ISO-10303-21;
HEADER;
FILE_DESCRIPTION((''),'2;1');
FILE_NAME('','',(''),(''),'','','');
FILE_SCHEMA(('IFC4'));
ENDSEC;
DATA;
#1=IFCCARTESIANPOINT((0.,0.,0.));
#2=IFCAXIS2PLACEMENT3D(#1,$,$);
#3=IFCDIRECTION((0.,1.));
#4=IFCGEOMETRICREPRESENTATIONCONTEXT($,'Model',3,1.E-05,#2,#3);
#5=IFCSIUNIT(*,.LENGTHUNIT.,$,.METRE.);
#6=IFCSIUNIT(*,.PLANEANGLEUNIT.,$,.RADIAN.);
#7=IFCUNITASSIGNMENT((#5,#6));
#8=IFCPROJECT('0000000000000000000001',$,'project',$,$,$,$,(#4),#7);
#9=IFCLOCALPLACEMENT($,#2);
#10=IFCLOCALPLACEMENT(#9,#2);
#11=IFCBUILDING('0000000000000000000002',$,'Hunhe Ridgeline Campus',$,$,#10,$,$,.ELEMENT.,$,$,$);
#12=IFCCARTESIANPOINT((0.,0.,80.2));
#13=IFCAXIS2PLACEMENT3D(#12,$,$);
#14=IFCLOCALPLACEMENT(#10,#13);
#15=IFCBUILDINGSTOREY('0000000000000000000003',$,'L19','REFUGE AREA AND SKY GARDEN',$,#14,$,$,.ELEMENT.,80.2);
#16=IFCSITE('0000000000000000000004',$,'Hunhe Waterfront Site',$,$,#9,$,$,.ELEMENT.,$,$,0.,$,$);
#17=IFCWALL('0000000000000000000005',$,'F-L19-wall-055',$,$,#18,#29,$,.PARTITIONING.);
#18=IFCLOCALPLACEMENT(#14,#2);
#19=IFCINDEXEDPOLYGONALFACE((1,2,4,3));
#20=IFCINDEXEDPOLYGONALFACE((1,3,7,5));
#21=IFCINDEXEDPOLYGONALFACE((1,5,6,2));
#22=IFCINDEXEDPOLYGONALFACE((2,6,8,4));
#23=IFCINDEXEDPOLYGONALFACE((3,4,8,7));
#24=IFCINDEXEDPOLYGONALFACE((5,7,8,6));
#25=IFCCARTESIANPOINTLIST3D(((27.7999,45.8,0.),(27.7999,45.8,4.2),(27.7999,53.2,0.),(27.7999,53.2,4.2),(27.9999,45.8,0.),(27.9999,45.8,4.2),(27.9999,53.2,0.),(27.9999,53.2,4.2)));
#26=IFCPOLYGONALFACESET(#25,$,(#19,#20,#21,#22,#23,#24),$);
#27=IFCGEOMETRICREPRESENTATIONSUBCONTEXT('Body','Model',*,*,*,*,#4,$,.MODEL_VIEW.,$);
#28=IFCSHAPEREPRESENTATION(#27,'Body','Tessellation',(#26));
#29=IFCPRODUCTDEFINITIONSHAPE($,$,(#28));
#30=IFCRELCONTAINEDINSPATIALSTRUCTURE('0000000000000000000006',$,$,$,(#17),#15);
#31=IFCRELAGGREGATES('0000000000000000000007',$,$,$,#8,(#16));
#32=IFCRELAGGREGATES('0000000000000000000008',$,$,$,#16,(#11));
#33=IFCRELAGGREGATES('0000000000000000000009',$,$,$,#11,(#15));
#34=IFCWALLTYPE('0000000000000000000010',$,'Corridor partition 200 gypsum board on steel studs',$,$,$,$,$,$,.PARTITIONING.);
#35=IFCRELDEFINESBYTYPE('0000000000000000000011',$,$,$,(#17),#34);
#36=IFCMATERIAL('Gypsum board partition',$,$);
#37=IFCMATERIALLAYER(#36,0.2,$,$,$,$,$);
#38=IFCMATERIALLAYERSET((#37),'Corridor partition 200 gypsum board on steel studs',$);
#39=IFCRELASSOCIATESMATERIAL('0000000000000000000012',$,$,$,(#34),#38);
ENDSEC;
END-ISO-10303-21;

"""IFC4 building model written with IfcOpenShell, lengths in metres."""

from ifc_helpers import new_model, si_unit, direction, frame, frame_2d, origin, place, context, subcontext, project, spatial, rectangle, extrude, material, layer, layer_set, type_object, element, save


model = new_model("IFC4")

# Units and contexts
model_context = context("Model", 3, precision=1e-05, world=origin(), true_north=direction((0.0, 1.0)))
body_context = subcontext(model_context, "Body", "Model", "MODEL_VIEW")
ifc_project = project(units=[si_unit("LENGTHUNIT", "METRE"), si_unit("PLANEANGLEUNIT", "RADIAN")], contexts=[model_context])

# Site, building, storey
site_placement = place(None, origin())
site = spatial("IfcSite", under=ifc_project, at=site_placement, Name="Hunhe Waterfront Site", CompositionType="ELEMENT", RefElevation=0.0)
building_placement = place(site_placement, origin())
building = spatial("IfcBuilding", under=site, at=building_placement, Name="Hunhe Ridgeline Campus", CompositionType="ELEMENT")
storey_placement = place(building_placement, frame((0.0, 0.0, 80.2)))
storey = spatial("IfcBuildingStorey", under=building, at=storey_placement, Name="L19", Description="REFUGE AREA AND SKY GARDEN", CompositionType="ELEMENT", Elevation=80.2)

# Shared definitions
ifc_material_1 = material(Name="Gypsum board partition")
ifc_layer = layer(ifc_material_1, 0.2)
ifc_layer_set = layer_set([ifc_layer], Name="Corridor partition 200 gypsum board on steel studs")
wall_type = type_object("IfcWallType", Name="Corridor partition 200 gypsum board on steel studs", PredefinedType="PARTITIONING", material=ifc_layer_set)

# Wall
for number, where, z_axis, x_axis, name in (
    (1, (27.8999, 53.2, 0.0), (0.0, 0.0, 1.0), (0.0, -1.0, 0.0), "F-L19-wall-055"),
):
    element("IfcWall", number, at=place(storey_placement, frame(where, z_axis=z_axis, x_axis=x_axis)), inside=storey, type_object=wall_type, Name=name, PredefinedType="PARTITIONING", context=body_context, shape_type="SweptSolid", body=[
        extrude(rectangle(XDim=7.3999, YDim=0.2, at=frame_2d((3.7, 0.0))), origin(), (0.0, 0.0, 1.0), 4.2),
    ])

save(model, "model.ifc")
